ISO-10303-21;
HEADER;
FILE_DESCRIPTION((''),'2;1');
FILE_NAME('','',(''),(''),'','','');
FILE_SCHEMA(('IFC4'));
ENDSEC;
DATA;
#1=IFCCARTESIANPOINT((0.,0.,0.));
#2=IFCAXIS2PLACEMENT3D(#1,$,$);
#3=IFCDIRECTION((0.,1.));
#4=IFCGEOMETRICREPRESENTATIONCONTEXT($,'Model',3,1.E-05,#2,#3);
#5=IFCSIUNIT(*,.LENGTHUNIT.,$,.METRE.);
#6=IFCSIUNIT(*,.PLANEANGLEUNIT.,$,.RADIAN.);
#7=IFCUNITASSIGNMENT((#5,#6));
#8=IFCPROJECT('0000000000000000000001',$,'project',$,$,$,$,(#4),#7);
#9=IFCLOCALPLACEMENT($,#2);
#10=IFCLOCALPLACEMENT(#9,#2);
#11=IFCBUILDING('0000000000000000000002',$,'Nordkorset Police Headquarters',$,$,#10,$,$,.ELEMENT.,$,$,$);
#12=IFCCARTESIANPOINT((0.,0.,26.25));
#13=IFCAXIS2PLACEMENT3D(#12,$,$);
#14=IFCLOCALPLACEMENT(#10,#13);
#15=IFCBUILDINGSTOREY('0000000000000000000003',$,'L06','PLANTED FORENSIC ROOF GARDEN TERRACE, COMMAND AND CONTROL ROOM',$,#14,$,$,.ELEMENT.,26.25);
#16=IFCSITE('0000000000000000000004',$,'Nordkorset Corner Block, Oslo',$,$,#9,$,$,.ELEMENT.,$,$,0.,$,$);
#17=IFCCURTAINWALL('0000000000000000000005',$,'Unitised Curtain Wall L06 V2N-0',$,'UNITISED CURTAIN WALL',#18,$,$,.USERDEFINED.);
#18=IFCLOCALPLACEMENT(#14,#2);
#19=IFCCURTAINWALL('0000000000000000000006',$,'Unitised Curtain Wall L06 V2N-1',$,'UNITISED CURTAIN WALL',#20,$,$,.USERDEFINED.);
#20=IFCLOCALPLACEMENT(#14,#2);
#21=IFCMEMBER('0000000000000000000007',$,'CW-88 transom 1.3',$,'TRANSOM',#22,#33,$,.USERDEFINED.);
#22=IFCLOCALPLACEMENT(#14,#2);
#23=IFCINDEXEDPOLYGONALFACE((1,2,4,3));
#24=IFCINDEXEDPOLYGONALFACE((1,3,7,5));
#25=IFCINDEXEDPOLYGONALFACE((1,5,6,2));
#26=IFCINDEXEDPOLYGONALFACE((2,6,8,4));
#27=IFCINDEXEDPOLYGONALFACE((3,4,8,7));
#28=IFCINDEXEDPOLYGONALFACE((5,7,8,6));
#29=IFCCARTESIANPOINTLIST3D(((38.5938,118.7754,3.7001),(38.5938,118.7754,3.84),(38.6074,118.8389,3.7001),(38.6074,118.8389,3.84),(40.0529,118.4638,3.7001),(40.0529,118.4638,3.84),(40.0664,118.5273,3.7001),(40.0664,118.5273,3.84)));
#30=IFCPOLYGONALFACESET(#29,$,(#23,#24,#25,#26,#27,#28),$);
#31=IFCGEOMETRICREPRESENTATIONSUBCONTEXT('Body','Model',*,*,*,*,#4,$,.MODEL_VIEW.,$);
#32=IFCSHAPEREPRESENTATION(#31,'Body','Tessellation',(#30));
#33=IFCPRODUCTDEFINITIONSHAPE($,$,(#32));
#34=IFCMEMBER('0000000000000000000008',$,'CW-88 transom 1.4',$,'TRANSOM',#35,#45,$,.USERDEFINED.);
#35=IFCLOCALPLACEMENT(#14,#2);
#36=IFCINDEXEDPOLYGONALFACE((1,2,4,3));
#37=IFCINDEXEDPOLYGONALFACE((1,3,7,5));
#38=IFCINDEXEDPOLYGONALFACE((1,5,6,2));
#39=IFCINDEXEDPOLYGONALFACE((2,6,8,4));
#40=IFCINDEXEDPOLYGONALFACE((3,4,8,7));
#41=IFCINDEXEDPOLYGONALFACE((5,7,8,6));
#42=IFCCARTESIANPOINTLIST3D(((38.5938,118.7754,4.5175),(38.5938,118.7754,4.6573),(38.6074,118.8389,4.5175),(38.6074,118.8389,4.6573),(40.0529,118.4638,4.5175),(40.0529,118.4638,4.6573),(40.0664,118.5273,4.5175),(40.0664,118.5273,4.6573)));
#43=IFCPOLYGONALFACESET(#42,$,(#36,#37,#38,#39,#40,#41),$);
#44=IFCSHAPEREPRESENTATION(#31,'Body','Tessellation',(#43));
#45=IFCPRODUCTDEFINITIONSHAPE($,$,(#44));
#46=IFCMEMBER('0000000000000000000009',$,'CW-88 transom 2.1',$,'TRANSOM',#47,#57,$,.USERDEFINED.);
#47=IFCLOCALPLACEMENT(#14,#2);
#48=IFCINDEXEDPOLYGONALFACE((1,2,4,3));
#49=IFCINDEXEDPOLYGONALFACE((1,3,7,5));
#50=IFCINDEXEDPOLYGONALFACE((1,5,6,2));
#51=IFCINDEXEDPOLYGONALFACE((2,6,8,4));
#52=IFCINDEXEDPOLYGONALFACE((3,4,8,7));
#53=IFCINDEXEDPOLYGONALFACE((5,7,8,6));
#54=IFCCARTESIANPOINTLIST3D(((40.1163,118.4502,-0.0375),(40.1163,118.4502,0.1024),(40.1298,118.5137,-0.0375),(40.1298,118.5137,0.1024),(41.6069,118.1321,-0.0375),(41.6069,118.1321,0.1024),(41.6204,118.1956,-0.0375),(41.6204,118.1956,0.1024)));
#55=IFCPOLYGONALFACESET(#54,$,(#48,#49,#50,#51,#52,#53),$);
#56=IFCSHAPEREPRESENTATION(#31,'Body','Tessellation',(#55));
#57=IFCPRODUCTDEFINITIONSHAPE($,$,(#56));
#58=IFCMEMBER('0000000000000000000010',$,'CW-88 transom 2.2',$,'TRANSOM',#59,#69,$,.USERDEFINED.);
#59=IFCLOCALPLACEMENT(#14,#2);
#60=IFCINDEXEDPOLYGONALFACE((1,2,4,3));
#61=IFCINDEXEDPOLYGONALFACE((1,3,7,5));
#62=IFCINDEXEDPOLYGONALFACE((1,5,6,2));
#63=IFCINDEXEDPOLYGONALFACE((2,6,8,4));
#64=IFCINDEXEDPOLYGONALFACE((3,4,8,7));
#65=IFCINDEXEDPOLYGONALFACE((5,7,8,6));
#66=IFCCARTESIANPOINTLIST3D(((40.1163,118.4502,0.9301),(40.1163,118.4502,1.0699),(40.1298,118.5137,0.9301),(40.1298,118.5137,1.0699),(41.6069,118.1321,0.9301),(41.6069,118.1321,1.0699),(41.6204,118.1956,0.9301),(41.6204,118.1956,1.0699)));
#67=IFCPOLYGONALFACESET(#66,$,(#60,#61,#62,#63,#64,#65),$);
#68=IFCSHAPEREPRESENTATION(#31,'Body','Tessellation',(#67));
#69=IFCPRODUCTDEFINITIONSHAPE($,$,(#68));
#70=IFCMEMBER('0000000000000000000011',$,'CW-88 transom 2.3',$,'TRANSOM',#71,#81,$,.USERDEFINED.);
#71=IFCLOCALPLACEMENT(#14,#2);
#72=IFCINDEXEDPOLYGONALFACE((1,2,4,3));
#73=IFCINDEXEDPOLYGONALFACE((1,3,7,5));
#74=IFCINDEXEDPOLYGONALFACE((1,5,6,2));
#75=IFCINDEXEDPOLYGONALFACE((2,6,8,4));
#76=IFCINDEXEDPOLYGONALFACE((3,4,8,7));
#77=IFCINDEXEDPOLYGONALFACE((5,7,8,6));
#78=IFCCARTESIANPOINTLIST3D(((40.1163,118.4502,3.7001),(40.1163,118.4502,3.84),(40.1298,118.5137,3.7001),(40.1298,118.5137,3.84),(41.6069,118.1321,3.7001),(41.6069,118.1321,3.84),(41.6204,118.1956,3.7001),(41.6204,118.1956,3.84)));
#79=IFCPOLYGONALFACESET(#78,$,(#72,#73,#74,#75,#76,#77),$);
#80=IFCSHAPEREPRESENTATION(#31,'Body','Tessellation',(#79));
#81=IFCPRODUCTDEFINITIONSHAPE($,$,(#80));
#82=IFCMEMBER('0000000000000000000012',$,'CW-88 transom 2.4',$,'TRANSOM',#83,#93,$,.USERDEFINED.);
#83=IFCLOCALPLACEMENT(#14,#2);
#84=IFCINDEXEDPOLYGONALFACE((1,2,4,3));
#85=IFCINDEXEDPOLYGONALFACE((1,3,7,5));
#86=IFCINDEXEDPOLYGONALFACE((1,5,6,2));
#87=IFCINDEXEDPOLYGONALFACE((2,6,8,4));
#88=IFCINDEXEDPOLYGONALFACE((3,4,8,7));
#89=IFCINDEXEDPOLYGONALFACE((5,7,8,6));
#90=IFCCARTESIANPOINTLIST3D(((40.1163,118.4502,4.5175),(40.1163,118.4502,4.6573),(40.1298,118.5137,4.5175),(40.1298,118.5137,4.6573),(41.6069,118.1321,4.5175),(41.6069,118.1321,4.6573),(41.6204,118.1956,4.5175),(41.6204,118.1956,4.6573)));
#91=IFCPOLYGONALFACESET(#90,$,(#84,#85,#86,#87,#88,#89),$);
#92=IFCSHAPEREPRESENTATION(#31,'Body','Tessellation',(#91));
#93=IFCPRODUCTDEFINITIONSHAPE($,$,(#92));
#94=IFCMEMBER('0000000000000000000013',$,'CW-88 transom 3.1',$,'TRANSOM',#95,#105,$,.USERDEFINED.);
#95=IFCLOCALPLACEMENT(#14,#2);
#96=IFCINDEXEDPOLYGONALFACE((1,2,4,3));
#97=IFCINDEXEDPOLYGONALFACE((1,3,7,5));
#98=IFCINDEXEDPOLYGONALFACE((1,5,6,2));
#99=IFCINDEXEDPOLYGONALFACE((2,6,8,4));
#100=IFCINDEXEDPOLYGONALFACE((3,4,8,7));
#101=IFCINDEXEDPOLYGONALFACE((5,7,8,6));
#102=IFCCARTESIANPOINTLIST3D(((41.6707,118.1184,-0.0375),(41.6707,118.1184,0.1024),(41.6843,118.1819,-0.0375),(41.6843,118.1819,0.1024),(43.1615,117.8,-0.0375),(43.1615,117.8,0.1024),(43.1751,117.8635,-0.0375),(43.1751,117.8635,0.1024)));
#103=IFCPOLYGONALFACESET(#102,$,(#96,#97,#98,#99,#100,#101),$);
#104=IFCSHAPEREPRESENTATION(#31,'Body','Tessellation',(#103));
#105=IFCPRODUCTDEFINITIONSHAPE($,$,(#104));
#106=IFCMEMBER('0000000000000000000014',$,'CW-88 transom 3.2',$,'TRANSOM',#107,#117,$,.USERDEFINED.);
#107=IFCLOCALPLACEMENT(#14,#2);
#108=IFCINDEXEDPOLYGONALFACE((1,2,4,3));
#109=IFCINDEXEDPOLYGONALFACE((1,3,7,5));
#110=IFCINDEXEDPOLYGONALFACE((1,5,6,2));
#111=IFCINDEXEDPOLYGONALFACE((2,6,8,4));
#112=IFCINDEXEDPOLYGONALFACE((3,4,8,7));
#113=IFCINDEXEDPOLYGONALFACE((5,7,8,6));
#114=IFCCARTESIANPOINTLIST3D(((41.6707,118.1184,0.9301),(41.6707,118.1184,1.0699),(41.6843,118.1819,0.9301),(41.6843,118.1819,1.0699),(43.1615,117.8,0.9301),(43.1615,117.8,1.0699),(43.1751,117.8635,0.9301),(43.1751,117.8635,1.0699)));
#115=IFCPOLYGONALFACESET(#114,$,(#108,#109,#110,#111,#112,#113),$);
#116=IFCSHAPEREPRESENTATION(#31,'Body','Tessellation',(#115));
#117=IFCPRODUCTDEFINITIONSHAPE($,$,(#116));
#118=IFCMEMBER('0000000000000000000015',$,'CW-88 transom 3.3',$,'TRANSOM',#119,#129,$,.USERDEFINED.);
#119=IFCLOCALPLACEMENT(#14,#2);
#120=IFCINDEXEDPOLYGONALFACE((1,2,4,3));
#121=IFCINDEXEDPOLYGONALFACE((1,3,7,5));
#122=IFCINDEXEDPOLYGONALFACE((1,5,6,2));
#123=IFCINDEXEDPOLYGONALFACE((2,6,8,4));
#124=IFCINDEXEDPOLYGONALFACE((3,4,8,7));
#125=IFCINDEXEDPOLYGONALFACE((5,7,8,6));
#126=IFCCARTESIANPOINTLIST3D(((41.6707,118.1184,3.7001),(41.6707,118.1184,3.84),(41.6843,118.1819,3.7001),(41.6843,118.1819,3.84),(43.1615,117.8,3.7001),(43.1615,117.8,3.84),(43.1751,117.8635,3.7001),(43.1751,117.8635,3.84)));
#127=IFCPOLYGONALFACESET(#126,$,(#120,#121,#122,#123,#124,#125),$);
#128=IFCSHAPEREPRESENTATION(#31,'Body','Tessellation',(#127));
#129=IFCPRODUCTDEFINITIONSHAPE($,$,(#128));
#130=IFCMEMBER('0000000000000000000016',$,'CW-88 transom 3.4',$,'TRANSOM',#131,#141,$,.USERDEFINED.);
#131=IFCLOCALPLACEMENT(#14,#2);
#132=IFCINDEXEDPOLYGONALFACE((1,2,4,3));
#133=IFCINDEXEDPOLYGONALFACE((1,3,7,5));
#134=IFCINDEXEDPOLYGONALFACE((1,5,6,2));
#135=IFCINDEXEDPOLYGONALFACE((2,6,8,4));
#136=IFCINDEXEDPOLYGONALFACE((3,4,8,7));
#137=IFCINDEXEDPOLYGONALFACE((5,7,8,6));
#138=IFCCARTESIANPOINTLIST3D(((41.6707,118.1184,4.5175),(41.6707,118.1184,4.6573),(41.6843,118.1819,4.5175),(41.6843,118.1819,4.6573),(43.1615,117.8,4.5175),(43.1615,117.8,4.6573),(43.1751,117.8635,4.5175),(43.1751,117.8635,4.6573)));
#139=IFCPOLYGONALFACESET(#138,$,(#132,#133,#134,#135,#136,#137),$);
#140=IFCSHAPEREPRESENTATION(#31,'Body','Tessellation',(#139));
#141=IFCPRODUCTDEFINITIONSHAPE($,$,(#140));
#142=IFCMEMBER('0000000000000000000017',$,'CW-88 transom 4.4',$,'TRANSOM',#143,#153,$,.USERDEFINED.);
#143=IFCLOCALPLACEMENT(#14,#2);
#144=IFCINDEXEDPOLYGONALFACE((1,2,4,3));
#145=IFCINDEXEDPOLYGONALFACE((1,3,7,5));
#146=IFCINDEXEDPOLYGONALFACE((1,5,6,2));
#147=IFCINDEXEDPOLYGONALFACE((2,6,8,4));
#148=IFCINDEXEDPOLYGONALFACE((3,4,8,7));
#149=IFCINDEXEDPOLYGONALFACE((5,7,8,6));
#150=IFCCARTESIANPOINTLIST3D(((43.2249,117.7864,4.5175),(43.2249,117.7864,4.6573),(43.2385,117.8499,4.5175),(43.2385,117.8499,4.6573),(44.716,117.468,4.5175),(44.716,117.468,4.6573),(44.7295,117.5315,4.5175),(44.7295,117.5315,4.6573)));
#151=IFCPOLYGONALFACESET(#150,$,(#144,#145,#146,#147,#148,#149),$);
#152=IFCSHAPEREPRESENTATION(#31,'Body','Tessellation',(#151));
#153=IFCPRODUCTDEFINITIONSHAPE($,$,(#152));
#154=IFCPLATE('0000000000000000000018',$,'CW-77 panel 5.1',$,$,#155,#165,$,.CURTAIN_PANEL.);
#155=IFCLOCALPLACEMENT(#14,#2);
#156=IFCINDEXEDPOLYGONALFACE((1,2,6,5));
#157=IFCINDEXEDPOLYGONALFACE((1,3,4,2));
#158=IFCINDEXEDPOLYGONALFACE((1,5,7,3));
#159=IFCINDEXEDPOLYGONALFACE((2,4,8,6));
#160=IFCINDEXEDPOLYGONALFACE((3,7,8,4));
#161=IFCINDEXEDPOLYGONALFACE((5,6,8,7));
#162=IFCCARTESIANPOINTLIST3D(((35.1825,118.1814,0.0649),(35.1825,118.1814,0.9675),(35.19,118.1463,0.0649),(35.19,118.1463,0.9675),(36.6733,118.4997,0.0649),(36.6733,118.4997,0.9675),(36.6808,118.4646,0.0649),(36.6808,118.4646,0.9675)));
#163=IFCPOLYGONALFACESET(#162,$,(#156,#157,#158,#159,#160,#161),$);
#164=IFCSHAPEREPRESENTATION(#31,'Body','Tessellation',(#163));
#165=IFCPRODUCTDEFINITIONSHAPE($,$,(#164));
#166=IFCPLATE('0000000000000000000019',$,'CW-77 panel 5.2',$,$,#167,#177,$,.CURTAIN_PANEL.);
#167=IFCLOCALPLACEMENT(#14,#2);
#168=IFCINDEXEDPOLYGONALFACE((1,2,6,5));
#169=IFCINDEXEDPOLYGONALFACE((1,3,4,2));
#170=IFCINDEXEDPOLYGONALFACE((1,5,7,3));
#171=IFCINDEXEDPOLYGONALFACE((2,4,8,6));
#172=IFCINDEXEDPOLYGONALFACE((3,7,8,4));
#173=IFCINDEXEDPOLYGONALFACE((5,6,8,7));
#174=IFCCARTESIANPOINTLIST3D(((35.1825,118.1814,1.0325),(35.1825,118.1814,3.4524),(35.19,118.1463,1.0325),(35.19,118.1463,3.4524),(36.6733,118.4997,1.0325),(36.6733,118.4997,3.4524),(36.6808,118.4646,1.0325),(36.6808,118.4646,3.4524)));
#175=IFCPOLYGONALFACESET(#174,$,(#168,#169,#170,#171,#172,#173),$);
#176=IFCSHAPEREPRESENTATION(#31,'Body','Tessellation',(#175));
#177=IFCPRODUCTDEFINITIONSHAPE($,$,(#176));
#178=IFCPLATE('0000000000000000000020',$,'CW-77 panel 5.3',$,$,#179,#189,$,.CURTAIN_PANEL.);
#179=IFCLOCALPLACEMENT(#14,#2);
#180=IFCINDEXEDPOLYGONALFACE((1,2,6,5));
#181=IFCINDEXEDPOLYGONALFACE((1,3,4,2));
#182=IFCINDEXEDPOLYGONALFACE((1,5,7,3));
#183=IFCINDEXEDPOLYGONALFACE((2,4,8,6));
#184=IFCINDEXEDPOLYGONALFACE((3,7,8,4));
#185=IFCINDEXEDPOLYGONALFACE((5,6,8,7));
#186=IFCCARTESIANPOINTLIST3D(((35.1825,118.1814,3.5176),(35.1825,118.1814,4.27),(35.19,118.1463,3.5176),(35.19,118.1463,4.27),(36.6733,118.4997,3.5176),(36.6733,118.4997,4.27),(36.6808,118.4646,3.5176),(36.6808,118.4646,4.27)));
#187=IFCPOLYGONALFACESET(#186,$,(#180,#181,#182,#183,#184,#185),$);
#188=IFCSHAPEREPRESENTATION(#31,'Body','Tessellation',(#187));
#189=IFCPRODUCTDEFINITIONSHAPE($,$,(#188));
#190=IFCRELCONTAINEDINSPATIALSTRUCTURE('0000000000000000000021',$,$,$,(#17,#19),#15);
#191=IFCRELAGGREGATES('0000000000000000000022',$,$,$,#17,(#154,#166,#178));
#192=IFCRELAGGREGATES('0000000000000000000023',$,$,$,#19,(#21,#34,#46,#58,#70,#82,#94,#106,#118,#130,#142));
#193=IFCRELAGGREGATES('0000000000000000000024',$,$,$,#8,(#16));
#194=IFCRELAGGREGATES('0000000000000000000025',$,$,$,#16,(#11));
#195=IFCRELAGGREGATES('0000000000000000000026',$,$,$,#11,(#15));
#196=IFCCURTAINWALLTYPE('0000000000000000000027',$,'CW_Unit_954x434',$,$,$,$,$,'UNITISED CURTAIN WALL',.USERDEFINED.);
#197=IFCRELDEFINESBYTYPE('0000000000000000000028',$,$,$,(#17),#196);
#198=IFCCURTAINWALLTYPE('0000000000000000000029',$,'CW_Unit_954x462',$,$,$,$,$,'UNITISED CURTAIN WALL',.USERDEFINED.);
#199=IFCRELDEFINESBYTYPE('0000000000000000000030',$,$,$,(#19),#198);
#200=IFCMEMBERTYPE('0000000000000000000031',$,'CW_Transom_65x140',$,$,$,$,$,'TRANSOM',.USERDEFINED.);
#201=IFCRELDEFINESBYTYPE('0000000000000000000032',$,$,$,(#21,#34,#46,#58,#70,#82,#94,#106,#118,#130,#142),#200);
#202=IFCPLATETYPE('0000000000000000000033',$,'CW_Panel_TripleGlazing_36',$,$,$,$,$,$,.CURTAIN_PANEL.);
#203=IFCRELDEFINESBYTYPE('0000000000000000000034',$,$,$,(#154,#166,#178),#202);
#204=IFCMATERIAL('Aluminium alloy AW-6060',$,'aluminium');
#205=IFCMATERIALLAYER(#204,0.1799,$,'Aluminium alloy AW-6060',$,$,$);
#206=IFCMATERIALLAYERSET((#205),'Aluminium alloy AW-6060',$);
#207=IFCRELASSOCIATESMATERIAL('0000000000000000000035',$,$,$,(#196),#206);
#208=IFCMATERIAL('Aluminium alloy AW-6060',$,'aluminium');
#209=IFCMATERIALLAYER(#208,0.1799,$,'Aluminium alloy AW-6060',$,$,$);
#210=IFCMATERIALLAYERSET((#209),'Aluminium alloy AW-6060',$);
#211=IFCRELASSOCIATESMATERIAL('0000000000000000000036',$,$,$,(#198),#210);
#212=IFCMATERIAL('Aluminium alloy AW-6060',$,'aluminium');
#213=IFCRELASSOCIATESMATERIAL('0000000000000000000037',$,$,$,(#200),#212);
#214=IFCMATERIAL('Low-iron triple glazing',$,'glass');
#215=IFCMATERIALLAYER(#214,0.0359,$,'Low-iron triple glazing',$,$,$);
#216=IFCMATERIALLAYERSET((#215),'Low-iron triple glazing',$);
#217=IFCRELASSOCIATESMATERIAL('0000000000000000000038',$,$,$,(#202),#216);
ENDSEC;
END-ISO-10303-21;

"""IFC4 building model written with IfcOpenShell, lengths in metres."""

from ifc_helpers import new_model, si_unit, direction, frame, origin, origin_2d, place, context, subcontext, project, spatial, rectangle, extrude, material, layer, layer_set, material_profile, profile_set, type_object, element, aggregate, save


model = new_model("IFC4")

# Units and contexts
model_context = context("Model", 3, precision=1e-05, world=origin(), true_north=direction((0.0, 1.0)))
body_context = subcontext(model_context, "Body", "Model", "MODEL_VIEW")
ifc_project = project(units=[si_unit("LENGTHUNIT", "METRE"), si_unit("PLANEANGLEUNIT", "RADIAN")], contexts=[model_context])

# Site, building, storey
site_placement = place(None, origin())
site = spatial("IfcSite", under=ifc_project, at=site_placement, Name="Nordkorset Corner Block, Oslo", CompositionType="ELEMENT", RefElevation=0.0)
building_placement = place(site_placement, origin())
building = spatial("IfcBuilding", under=site, at=building_placement, Name="Nordkorset Police Headquarters", CompositionType="ELEMENT")
storey_placement = place(building_placement, frame((0.0, 0.0, 26.25)))
storey = spatial("IfcBuildingStorey", under=building, at=storey_placement, Name="L06", Description="PLANTED FORENSIC ROOF GARDEN TERRACE, COMMAND AND CONTROL ROOM", CompositionType="ELEMENT", Elevation=26.25)

# Curtain walls
ifc_material_1 = material(Name="Aluminium alloy AW-6060", Category="aluminium")
ifc_layer_1 = layer(ifc_material_1, 0.1799, Name="Aluminium alloy AW-6060")
ifc_layer_set_1 = layer_set([ifc_layer_1], Name="Aluminium alloy AW-6060")
curtain_wall_type_1 = type_object("IfcCurtainWallType", Name="CW_Unit_954x434", ElementType="UNITISED CURTAIN WALL", PredefinedType="USERDEFINED", material=ifc_layer_set_1)
curtain_wall_1_placement = place(storey_placement, origin())
curtain_wall_1 = element("IfcCurtainWall", 1, at=curtain_wall_1_placement, inside=storey, type_object=curtain_wall_type_1, Name="Unitised Curtain Wall L06 V2N-0", ObjectType="UNITISED CURTAIN WALL", PredefinedType="USERDEFINED")
ifc_material_2 = material(Name="Aluminium alloy AW-6060", Category="aluminium")
ifc_layer_2 = layer(ifc_material_2, 0.1799, Name="Aluminium alloy AW-6060")
ifc_layer_set_2 = layer_set([ifc_layer_2], Name="Aluminium alloy AW-6060")
curtain_wall_type_2 = type_object("IfcCurtainWallType", Name="CW_Unit_954x462", ElementType="UNITISED CURTAIN WALL", PredefinedType="USERDEFINED", material=ifc_layer_set_2)
curtain_wall_2_placement = place(storey_placement, origin())
curtain_wall_2 = element("IfcCurtainWall", 2, at=curtain_wall_2_placement, inside=storey, type_object=curtain_wall_type_2, Name="Unitised Curtain Wall L06 V2N-1", ObjectType="UNITISED CURTAIN WALL", PredefinedType="USERDEFINED")

# Members
ifc_material_3 = material(Name="Aluminium alloy AW-6060", Category="aluminium")
ifc_material_profile_1 = material_profile(ifc_material_3, rectangle(XDim=0.0649, YDim=0.1399, at=origin_2d()), Name="ALU TRAN 65x140")
ifc_profile_set_1 = profile_set([ifc_material_profile_1], Name="Aluminium alloy AW-6060")
member_type_1 = type_object("IfcMemberType", Name="CW_Transom_65x140", ElementType="TRANSOM", PredefinedType="USERDEFINED", material=ifc_profile_set_1)
member_1_placement = place(storey_placement, frame((38.6006, 118.8071, 3.77), z_axis=(0.977955, -0.208814, 0.0), x_axis=(0.208814, 0.977955, 0.0)))
member_1 = element("IfcMember", 3, at=member_1_placement, type_object=member_type_1, Name="CW-88 transom 1.3", ObjectType="TRANSOM", PredefinedType="USERDEFINED", context=body_context, shape_type="SweptSolid", body=[
    extrude(rectangle(XDim=0.0649, YDim=0.1399, at=origin_2d()), origin(), (0.0, 0.0, 1.0), 1.4919),
])
member_2_placement = place(storey_placement, frame((38.6006, 118.8071, 4.5874), z_axis=(0.977955, -0.208814, 0.0), x_axis=(0.208814, 0.977955, 0.0)))
member_2 = element("IfcMember", 4, at=member_2_placement, type_object=member_type_1, Name="CW-88 transom 1.4", ObjectType="TRANSOM", PredefinedType="USERDEFINED", context=body_context, shape_type="SweptSolid", body=[
    extrude(rectangle(XDim=0.0649, YDim=0.1399, at=origin_2d()), origin(), (0.0, 0.0, 1.0), 1.4919),
])
member_3_placement = place(storey_placement, frame((40.123, 118.4819, 0.0325), z_axis=(0.97798, -0.208698, 0.0), x_axis=(0.208698, 0.97798, 0.0)))
member_3 = element("IfcMember", 5, at=member_3_placement, type_object=member_type_1, Name="CW-88 transom 2.1", ObjectType="TRANSOM", PredefinedType="USERDEFINED", context=body_context, shape_type="SweptSolid", body=[
    extrude(rectangle(XDim=0.0649, YDim=0.1399, at=origin_2d()), origin(), (0.0, 0.0, 1.0), 1.5242),
])
member_4_placement = place(storey_placement, frame((40.123, 118.4819, 1.0), z_axis=(0.97798, -0.208698, 0.0), x_axis=(0.208698, 0.97798, 0.0)))
member_4 = element("IfcMember", 6, at=member_4_placement, type_object=member_type_1, Name="CW-88 transom 2.2", ObjectType="TRANSOM", PredefinedType="USERDEFINED", context=body_context, shape_type="SweptSolid", body=[
    extrude(rectangle(XDim=0.0649, YDim=0.1399, at=origin_2d()), origin(), (0.0, 0.0, 1.0), 1.5242),
])
member_5_placement = place(storey_placement, frame((40.123, 118.4819, 3.77), z_axis=(0.97798, -0.208698, 0.0), x_axis=(0.208698, 0.97798, 0.0)))
member_5 = element("IfcMember", 7, at=member_5_placement, type_object=member_type_1, Name="CW-88 transom 2.3", ObjectType="TRANSOM", PredefinedType="USERDEFINED", context=body_context, shape_type="SweptSolid", body=[
    extrude(rectangle(XDim=0.0649, YDim=0.1399, at=origin_2d()), origin(), (0.0, 0.0, 1.0), 1.5242),
])
member_6_placement = place(storey_placement, frame((40.123, 118.4819, 4.5874), z_axis=(0.97798, -0.208698, 0.0), x_axis=(0.208698, 0.97798, 0.0)))
member_6 = element("IfcMember", 8, at=member_6_placement, type_object=member_type_1, Name="CW-88 transom 2.4", ObjectType="TRANSOM", PredefinedType="USERDEFINED", context=body_context, shape_type="SweptSolid", body=[
    extrude(rectangle(XDim=0.0649, YDim=0.1399, at=origin_2d()), origin(), (0.0, 0.0, 1.0), 1.5242),
])
member_7_placement = place(storey_placement, frame((41.6775, 118.1501, 0.0325), z_axis=(0.977947, -0.208851, 0.0), x_axis=(0.208851, 0.977947, 0.0)))
member_7 = element("IfcMember", 9, at=member_7_placement, type_object=member_type_1, Name="CW-88 transom 3.1", ObjectType="TRANSOM", PredefinedType="USERDEFINED", context=body_context, shape_type="SweptSolid", body=[
    extrude(rectangle(XDim=0.0649, YDim=0.1399, at=origin_2d()), origin(), (0.0, 0.0, 1.0), 1.5244),
])
member_8_placement = place(storey_placement, frame((41.6775, 118.1501, 1.0), z_axis=(0.977947, -0.208851, 0.0), x_axis=(0.208851, 0.977947, 0.0)))
member_8 = element("IfcMember", 10, at=member_8_placement, type_object=member_type_1, Name="CW-88 transom 3.2", ObjectType="TRANSOM", PredefinedType="USERDEFINED", context=body_context, shape_type="SweptSolid", body=[
    extrude(rectangle(XDim=0.0649, YDim=0.1399, at=origin_2d()), origin(), (0.0, 0.0, 1.0), 1.5244),
])
member_9_placement = place(storey_placement, frame((41.6775, 118.1501, 3.77), z_axis=(0.977947, -0.208851, 0.0), x_axis=(0.208851, 0.977947, 0.0)))
member_9 = element("IfcMember", 11, at=member_9_placement, type_object=member_type_1, Name="CW-88 transom 3.3", ObjectType="TRANSOM", PredefinedType="USERDEFINED", context=body_context, shape_type="SweptSolid", body=[
    extrude(rectangle(XDim=0.0649, YDim=0.1399, at=origin_2d()), origin(), (0.0, 0.0, 1.0), 1.5244),
])
member_10_placement = place(storey_placement, frame((41.6775, 118.1501, 4.5874), z_axis=(0.977947, -0.208851, 0.0), x_axis=(0.208851, 0.977947, 0.0)))
member_10 = element("IfcMember", 12, at=member_10_placement, type_object=member_type_1, Name="CW-88 transom 3.4", ObjectType="TRANSOM", PredefinedType="USERDEFINED", context=body_context, shape_type="SweptSolid", body=[
    extrude(rectangle(XDim=0.0649, YDim=0.1399, at=origin_2d()), origin(), (0.0, 0.0, 1.0), 1.5244),
])
member_11_placement = place(storey_placement, frame((43.2317, 117.8181, 4.5874), z_axis=(0.977954, -0.208818, 0.0), x_axis=(0.208818, 0.977954, 0.0)))
member_11 = element("IfcMember", 13, at=member_11_placement, type_object=member_type_1, Name="CW-88 transom 4.4", ObjectType="TRANSOM", PredefinedType="USERDEFINED", context=body_context, shape_type="SweptSolid", body=[
    extrude(rectangle(XDim=0.0649, YDim=0.1399, at=origin_2d()), origin(), (0.0, 0.0, 1.0), 1.5247),
])

# Plates
ifc_material_4 = material(Name="Low-iron triple glazing", Category="glass")
ifc_layer_3 = layer(ifc_material_4, 0.0359, Name="Low-iron triple glazing")
ifc_layer_set_3 = layer_set([ifc_layer_3], Name="Low-iron triple glazing")
plate_type = type_object("IfcPlateType", Name="CW_Panel_TripleGlazing_36", PredefinedType="CURTAIN_PANEL", material=ifc_layer_set_3)
plate_1_placement = place(storey_placement, frame((35.9316, 118.323, 0.0649), z_axis=(0.0, 0.0, 1.0), x_axis=(0.977951, 0.208833, 0.0)))
plate_1 = element("IfcPlate", 14, at=plate_1_placement, type_object=plate_type, Name="CW-77 panel 5.1", PredefinedType="CURTAIN_PANEL", context=body_context, shape_type="SweptSolid", body=[
    extrude(rectangle(XDim=1.5244, YDim=0.0359, at=origin_2d()), origin(), (0.0, 0.0, 1.0), 0.9026),
])
plate_2_placement = place(storey_placement, frame((35.9316, 118.323, 1.0325), z_axis=(0.0, 0.0, 1.0), x_axis=(0.977951, 0.208833, 0.0)))
plate_2 = element("IfcPlate", 15, at=plate_2_placement, type_object=plate_type, Name="CW-77 panel 5.2", PredefinedType="CURTAIN_PANEL", context=body_context, shape_type="SweptSolid", body=[
    extrude(rectangle(XDim=1.5244, YDim=0.0359, at=origin_2d()), origin(), (0.0, 0.0, 1.0), 2.4199),
])
plate_3_placement = place(storey_placement, frame((35.9316, 118.323, 3.5176), z_axis=(0.0, 0.0, 1.0), x_axis=(0.977951, 0.208833, 0.0)))
plate_3 = element("IfcPlate", 16, at=plate_3_placement, type_object=plate_type, Name="CW-77 panel 5.3", PredefinedType="CURTAIN_PANEL", context=body_context, shape_type="SweptSolid", body=[
    extrude(rectangle(XDim=1.5244, YDim=0.0359, at=origin_2d()), origin(), (0.0, 0.0, 1.0), 0.7524),
])
aggregate(curtain_wall_1, [plate_1, plate_2, plate_3])
aggregate(curtain_wall_2, [member_1, member_2, member_3, member_4, member_5, member_6, member_7, member_8, member_9, member_10, member_11])

save(model, "model.ifc")
